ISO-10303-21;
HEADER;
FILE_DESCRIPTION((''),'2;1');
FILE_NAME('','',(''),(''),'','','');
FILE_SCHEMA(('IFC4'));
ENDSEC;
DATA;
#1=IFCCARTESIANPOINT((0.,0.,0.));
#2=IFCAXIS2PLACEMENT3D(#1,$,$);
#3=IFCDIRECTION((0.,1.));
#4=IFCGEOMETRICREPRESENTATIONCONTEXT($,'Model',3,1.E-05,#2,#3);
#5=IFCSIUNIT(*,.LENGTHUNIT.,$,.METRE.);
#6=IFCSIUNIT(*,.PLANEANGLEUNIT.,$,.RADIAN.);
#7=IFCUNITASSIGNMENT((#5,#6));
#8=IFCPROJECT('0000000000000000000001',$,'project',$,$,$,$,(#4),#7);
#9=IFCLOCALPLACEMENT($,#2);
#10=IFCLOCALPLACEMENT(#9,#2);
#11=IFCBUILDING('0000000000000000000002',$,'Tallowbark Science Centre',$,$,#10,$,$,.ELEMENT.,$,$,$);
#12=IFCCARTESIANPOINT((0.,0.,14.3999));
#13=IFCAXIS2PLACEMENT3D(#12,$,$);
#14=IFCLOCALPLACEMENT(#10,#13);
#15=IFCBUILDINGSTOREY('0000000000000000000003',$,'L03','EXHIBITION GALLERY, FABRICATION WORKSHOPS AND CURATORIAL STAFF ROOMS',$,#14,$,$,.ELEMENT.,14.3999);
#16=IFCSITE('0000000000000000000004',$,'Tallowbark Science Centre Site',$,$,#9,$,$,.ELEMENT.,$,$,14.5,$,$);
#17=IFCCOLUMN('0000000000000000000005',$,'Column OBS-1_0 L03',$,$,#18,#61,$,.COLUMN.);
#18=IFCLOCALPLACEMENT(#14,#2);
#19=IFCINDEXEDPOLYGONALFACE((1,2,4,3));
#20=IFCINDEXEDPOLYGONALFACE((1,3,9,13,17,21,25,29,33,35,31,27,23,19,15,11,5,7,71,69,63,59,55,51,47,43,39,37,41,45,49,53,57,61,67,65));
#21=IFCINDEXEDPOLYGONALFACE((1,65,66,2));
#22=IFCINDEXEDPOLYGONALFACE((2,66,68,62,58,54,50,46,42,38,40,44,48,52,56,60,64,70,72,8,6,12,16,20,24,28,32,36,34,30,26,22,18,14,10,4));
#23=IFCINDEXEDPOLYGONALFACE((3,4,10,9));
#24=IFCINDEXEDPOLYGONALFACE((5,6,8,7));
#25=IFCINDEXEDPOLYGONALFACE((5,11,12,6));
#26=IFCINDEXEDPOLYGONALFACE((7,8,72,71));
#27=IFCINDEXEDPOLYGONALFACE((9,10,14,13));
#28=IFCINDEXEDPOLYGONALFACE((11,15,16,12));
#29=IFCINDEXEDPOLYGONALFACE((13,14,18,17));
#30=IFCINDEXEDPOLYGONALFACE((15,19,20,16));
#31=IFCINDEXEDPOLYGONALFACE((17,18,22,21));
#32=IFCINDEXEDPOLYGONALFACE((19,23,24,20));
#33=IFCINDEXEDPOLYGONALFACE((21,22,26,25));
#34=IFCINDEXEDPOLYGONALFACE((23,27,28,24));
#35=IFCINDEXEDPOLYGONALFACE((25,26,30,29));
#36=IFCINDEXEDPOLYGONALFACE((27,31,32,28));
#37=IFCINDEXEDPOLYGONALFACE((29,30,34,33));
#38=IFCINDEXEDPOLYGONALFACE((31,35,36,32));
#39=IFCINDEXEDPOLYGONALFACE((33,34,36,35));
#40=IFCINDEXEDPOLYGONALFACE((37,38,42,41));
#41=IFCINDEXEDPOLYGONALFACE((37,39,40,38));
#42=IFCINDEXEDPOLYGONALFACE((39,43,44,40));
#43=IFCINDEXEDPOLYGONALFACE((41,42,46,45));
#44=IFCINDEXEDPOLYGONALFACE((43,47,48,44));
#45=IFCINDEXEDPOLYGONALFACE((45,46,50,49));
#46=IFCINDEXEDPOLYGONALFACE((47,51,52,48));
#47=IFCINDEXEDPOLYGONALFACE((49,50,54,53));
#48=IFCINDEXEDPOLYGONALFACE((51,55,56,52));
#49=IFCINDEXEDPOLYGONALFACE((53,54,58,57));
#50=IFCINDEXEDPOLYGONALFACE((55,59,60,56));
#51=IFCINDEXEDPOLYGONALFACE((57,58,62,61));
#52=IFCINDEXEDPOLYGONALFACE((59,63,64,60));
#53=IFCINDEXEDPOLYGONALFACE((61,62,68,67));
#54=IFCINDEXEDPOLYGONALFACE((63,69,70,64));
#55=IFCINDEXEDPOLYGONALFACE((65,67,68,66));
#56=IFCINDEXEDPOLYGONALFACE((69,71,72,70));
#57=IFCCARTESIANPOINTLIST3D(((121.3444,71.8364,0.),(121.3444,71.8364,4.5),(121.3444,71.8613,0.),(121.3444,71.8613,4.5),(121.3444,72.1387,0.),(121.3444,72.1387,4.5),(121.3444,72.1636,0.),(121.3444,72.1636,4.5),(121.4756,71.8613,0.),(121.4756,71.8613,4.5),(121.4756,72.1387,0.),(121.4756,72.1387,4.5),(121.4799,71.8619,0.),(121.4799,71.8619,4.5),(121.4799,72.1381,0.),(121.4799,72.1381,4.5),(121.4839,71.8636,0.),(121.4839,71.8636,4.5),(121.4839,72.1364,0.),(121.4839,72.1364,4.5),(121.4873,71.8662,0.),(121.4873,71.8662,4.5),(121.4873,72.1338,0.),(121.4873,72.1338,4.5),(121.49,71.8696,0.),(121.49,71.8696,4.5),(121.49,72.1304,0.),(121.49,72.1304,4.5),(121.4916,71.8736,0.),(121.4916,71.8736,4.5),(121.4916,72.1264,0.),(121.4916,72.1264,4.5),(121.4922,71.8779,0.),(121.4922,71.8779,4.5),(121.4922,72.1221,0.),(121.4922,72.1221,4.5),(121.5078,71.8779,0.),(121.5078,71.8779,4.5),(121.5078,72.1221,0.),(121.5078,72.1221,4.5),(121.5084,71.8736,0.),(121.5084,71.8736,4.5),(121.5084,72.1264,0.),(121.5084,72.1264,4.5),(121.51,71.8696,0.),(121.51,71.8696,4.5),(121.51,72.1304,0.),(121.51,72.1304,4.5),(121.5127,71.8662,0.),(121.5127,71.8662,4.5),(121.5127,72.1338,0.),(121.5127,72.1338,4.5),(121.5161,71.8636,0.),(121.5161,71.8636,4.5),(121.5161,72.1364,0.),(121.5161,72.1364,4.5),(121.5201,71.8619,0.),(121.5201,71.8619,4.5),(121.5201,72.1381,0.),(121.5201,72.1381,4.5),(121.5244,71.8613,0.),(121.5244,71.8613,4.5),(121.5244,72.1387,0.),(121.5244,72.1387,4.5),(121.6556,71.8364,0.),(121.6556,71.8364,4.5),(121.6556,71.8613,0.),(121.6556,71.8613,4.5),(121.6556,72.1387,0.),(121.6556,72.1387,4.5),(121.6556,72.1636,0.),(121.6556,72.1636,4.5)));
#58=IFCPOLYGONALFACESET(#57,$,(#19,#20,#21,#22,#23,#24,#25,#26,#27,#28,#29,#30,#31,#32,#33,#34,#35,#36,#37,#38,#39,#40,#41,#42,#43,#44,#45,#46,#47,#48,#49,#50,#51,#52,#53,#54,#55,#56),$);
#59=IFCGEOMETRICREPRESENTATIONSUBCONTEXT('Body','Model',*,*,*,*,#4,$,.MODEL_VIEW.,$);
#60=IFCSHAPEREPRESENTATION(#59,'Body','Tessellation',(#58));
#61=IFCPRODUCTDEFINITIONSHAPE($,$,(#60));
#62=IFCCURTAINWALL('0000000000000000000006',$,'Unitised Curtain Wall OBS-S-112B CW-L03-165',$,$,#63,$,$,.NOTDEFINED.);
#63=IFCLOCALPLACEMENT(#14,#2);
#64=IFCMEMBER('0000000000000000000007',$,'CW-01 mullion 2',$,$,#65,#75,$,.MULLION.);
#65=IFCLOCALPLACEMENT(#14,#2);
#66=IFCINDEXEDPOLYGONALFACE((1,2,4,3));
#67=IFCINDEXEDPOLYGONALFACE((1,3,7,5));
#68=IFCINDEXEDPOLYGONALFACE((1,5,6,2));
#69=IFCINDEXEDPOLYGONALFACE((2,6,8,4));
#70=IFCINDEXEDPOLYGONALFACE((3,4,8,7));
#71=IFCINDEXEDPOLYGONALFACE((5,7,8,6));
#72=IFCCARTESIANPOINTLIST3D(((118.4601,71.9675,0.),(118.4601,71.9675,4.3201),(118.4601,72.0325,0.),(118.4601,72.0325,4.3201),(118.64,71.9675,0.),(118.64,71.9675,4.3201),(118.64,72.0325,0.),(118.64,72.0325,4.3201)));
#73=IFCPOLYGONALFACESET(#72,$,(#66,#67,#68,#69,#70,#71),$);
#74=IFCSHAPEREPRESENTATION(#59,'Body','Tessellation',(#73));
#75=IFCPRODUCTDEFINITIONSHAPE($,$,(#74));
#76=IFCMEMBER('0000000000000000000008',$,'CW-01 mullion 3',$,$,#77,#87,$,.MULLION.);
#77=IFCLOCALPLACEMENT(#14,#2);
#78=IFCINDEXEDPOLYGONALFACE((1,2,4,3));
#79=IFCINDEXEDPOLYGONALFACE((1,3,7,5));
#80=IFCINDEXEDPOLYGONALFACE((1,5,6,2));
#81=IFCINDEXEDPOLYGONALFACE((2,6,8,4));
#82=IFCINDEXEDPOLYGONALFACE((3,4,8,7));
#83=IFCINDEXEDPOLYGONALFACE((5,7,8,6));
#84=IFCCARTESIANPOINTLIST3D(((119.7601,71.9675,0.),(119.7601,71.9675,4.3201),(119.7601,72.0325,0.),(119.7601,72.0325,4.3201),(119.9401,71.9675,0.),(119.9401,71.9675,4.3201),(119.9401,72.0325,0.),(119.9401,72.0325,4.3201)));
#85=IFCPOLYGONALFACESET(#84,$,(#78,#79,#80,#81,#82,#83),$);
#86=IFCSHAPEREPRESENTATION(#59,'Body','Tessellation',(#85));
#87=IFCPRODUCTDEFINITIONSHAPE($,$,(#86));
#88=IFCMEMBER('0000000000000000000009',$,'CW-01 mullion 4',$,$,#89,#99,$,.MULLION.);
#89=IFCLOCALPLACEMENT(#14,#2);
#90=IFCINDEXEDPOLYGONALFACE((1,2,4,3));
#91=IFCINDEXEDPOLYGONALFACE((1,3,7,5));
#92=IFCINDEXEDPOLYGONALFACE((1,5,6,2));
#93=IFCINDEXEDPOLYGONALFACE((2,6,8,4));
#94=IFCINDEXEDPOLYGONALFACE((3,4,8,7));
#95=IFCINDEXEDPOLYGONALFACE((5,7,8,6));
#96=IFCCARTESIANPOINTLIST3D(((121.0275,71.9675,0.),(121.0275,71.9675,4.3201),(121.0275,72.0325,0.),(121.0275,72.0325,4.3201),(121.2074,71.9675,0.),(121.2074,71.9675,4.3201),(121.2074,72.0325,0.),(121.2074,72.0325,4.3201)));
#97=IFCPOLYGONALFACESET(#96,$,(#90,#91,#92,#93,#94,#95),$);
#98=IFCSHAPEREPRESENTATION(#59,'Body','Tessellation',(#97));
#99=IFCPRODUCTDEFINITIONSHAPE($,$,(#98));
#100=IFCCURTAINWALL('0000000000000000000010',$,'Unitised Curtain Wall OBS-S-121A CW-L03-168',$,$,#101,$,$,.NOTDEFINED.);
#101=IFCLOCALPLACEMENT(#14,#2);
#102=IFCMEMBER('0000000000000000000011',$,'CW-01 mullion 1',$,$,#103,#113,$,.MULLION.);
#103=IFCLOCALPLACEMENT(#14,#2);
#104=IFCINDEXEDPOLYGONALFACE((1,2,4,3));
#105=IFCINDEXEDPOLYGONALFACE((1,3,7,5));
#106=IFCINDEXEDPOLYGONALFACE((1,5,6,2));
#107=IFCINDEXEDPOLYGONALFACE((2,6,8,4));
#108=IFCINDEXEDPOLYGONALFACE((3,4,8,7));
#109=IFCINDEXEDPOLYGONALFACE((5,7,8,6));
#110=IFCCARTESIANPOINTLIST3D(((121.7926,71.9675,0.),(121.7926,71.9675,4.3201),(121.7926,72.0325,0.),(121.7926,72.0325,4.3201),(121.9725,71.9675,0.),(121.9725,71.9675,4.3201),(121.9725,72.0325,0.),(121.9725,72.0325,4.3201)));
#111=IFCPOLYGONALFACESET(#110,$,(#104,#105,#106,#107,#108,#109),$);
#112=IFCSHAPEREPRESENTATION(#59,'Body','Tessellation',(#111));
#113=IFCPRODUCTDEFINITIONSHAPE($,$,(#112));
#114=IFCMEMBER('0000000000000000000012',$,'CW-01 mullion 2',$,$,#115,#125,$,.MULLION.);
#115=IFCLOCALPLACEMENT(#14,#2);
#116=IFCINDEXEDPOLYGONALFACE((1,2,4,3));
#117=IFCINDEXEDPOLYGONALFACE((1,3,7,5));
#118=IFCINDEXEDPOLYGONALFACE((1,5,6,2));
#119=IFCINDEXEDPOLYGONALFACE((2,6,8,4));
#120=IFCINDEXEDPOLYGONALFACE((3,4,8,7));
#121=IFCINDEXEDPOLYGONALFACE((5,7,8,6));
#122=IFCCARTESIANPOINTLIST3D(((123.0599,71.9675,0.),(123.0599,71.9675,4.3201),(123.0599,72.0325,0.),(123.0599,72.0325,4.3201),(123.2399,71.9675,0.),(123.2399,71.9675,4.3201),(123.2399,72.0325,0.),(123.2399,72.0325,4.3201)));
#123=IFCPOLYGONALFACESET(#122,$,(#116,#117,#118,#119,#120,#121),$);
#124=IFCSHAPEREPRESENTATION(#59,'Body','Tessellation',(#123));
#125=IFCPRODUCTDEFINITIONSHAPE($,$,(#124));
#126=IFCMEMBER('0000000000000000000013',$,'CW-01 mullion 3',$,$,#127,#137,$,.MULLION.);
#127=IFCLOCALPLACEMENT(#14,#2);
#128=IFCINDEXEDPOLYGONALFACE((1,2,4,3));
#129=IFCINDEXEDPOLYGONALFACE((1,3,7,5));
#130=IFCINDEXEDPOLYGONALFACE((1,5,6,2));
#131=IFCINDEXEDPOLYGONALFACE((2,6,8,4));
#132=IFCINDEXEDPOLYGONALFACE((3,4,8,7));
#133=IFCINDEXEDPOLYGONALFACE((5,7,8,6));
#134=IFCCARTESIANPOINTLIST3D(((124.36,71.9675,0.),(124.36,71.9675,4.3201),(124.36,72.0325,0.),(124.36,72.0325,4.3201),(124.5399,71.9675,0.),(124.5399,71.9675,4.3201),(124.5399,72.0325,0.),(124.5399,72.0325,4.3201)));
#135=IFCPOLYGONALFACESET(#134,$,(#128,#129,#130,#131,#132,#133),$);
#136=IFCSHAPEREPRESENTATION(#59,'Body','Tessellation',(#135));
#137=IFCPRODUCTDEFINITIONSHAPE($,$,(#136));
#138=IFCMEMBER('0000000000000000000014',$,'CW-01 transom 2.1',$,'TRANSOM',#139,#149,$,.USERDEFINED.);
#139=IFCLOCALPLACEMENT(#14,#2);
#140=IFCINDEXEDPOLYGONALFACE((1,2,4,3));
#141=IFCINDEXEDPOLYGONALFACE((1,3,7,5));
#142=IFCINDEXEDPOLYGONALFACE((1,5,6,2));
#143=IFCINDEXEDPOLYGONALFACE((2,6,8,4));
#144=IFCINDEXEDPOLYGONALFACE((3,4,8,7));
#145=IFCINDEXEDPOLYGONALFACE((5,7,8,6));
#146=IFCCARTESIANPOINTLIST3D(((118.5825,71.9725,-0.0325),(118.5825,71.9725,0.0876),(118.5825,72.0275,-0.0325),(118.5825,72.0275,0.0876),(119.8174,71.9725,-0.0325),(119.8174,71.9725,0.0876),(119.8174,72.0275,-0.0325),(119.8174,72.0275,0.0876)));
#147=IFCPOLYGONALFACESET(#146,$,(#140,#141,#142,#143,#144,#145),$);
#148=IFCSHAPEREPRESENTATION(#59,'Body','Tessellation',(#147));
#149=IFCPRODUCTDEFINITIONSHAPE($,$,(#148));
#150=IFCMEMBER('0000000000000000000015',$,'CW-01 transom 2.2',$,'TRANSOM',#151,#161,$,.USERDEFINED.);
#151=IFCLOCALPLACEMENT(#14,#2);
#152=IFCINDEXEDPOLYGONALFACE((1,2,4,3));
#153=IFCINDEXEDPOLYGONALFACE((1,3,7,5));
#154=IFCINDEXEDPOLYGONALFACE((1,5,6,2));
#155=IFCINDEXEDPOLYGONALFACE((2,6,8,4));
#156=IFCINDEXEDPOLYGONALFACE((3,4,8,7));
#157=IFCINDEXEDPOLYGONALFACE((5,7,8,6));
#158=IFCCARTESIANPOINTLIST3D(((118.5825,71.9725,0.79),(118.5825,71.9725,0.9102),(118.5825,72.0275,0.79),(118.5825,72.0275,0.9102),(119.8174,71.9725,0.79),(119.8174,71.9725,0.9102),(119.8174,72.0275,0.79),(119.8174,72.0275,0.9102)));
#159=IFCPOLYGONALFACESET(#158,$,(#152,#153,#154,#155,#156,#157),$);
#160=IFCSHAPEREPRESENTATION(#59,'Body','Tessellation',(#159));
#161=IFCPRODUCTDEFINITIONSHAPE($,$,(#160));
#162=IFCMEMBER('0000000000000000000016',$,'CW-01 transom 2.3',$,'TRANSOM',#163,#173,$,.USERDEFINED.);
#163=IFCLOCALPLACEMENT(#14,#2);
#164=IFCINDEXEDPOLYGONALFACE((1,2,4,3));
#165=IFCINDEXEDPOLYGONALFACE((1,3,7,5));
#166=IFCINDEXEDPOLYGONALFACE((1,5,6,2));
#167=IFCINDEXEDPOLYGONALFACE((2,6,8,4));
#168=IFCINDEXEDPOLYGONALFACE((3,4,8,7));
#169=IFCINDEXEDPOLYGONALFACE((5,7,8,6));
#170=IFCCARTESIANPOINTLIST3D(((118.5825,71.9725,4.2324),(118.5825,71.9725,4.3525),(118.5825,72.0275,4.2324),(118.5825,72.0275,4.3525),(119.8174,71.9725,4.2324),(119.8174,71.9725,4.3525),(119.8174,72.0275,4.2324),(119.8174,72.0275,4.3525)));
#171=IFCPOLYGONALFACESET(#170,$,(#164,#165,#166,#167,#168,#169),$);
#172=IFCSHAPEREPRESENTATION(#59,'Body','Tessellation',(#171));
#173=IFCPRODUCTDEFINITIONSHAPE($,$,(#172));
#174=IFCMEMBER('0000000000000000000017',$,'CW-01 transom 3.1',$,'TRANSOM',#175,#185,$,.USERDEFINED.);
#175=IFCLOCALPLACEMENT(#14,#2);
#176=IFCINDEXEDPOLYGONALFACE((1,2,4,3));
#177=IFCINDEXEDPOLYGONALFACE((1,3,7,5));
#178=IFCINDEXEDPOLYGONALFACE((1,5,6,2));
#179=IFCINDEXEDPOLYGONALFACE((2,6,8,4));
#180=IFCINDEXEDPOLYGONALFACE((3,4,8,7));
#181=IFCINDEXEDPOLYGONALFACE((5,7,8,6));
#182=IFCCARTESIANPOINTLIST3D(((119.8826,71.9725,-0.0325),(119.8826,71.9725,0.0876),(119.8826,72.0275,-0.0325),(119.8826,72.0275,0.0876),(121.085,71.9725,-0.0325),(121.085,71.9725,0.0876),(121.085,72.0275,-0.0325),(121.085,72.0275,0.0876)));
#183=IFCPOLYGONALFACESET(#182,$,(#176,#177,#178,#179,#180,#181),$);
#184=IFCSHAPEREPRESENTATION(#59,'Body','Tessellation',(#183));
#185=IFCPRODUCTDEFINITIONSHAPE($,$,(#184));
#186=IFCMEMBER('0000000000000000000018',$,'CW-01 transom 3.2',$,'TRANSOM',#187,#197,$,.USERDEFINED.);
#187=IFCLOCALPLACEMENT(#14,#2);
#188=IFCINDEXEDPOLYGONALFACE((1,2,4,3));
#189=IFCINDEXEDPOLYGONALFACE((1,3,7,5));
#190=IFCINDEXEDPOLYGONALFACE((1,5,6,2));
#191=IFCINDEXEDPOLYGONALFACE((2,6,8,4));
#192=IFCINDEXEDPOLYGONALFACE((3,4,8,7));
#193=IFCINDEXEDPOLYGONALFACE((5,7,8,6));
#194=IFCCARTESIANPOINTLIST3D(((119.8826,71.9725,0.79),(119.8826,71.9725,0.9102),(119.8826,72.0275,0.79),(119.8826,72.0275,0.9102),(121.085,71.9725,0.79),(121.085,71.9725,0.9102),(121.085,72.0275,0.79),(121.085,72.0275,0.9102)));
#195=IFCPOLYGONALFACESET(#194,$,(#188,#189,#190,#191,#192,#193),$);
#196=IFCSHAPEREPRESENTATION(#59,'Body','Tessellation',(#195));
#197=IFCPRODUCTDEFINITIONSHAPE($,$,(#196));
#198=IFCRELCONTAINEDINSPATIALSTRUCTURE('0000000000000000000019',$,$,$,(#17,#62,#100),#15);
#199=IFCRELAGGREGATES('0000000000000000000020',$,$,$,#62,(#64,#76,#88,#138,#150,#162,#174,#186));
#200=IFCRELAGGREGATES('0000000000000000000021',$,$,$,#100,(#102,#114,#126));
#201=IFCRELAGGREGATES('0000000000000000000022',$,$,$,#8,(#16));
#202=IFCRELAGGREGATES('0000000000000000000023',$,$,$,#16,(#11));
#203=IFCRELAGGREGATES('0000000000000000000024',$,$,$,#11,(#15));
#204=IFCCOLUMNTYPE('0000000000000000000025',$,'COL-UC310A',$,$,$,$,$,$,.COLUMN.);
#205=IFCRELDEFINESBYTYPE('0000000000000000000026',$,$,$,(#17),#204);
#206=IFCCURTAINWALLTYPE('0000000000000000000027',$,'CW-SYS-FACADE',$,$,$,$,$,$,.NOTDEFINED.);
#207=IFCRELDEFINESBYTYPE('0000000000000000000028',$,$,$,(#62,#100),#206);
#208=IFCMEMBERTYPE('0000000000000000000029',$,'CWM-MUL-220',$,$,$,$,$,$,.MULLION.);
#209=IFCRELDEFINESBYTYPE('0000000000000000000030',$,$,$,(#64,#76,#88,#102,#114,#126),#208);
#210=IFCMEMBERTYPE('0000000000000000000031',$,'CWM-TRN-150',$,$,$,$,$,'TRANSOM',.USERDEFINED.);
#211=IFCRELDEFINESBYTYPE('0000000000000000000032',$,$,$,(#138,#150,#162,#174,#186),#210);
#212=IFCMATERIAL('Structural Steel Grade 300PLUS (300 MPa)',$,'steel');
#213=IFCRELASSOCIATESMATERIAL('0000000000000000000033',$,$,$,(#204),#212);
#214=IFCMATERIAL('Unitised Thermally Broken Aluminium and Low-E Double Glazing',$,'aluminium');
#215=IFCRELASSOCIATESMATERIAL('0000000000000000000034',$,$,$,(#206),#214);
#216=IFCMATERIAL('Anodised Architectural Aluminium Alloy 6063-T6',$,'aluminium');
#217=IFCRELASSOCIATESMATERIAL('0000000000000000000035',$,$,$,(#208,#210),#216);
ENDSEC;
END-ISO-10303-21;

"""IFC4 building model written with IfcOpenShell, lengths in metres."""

from ifc_helpers import new_model, si_unit, direction, frame, origin, origin_2d, place, context, subcontext, project, spatial, rectangle, i_section, extrude, material, material_profile, profile_set, type_object, element, aggregate, save


model = new_model("IFC4")

# Units and contexts
model_context = context("Model", 3, precision=1e-05, world=origin(), true_north=direction((0.0, 1.0)))
body_context = subcontext(model_context, "Body", "Model", "MODEL_VIEW")
ifc_project = project(units=[si_unit("LENGTHUNIT", "METRE"), si_unit("PLANEANGLEUNIT", "RADIAN")], contexts=[model_context])

# Site, building, storey
site_placement = place(None, origin())
site = spatial("IfcSite", under=ifc_project, at=site_placement, Name="Tallowbark Science Centre Site", CompositionType="ELEMENT", RefElevation=14.5)
building_placement = place(site_placement, origin())
building = spatial("IfcBuilding", under=site, at=building_placement, Name="Tallowbark Science Centre", CompositionType="ELEMENT")
storey_placement = place(building_placement, frame((0.0, 0.0, 14.3999)))
storey = spatial("IfcBuildingStorey", under=building, at=storey_placement, Name="L03", Description="EXHIBITION GALLERY, FABRICATION WORKSHOPS AND CURATORIAL STAFF ROOMS", CompositionType="ELEMENT", Elevation=14.3999)

# Column
ifc_material_1 = material(Name="Structural Steel Grade 300PLUS (300 MPa)", Category="steel")
ifc_material_profile_1 = material_profile(ifc_material_1, i_section(OverallWidth=0.3113, OverallDepth=0.3271, WebThickness=0.0156, FlangeThickness=0.0249, FilletRadius=0.0166, at=origin_2d()), Name="310UC158")
ifc_profile_set_1 = profile_set([ifc_material_profile_1], Name="Structural Steel Grade 300PLUS (300 MPa)")
column_type = type_object("IfcColumnType", Name="COL-UC310A", PredefinedType="COLUMN", material=ifc_profile_set_1)
column_placement = place(storey_placement, frame((121.5, 72.0, 0.0), z_axis=(0.0, 0.0, 1.0), x_axis=(1.0, 0.0, 0.0)))
element("IfcColumn", 1, at=column_placement, inside=storey, type_object=column_type, Name="Column OBS-1_0 L03", PredefinedType="COLUMN", context=body_context, shape_type="SweptSolid", body=[
    extrude(i_section(OverallWidth=0.3113, OverallDepth=0.3271, WebThickness=0.0156, FlangeThickness=0.0249, FilletRadius=0.0166, at=origin_2d()), origin(), (0.0, 0.0, 1.0), 4.5),
])

# Curtain walls, members
ifc_material_2 = material(Name="Unitised Thermally Broken Aluminium and Low-E Double Glazing", Category="aluminium")
curtain_wall_type = type_object("IfcCurtainWallType", Name="CW-SYS-FACADE", PredefinedType="NOTDEFINED", material=ifc_material_2)
curtain_wall_1_placement = place(storey_placement, origin())
curtain_wall_1 = element("IfcCurtainWall", 2, at=curtain_wall_1_placement, inside=storey, type_object=curtain_wall_type, Name="Unitised Curtain Wall OBS-S-112B CW-L03-165", PredefinedType="NOTDEFINED")
ifc_material_3 = material(Name="Anodised Architectural Aluminium Alloy 6063-T6", Category="aluminium")
ifc_material_profile_2 = material_profile(ifc_material_3, rectangle(XDim=0.0649, YDim=0.1799, at=origin_2d()), Name="ALU65x180")
ifc_profile_set_2 = profile_set([ifc_material_profile_2], Name="Anodised Architectural Aluminium Alloy 6063-T6")
member_type_1 = type_object("IfcMemberType", Name="CWM-MUL-220", PredefinedType="MULLION", material=ifc_profile_set_2)
member_1_placement = place(storey_placement, frame((118.55, 72.0, 0.0), z_axis=(0.0, 0.0, 1.0), x_axis=(0.0, 1.0, 0.0)))
member_1 = element("IfcMember", 3, at=member_1_placement, type_object=member_type_1, Name="CW-01 mullion 2", PredefinedType="MULLION", context=body_context, shape_type="SweptSolid", body=[
    extrude(rectangle(XDim=0.0649, YDim=0.1799, at=origin_2d()), origin(), (0.0, 0.0, 1.0), 4.3201),
])
member_2_placement = place(storey_placement, frame((119.8501, 72.0, 0.0), z_axis=(0.0, 0.0, 1.0), x_axis=(0.0, 1.0, 0.0)))
member_2 = element("IfcMember", 4, at=member_2_placement, type_object=member_type_1, Name="CW-01 mullion 3", PredefinedType="MULLION", context=body_context, shape_type="SweptSolid", body=[
    extrude(rectangle(XDim=0.0649, YDim=0.1799, at=origin_2d()), origin(), (0.0, 0.0, 1.0), 4.3201),
])
member_3_placement = place(storey_placement, frame((121.1174, 72.0, 0.0), z_axis=(0.0, 0.0, 1.0), x_axis=(0.0, 1.0, 0.0)))
member_3 = element("IfcMember", 5, at=member_3_placement, type_object=member_type_1, Name="CW-01 mullion 4", PredefinedType="MULLION", context=body_context, shape_type="SweptSolid", body=[
    extrude(rectangle(XDim=0.0649, YDim=0.1799, at=origin_2d()), origin(), (0.0, 0.0, 1.0), 4.3201),
])
curtain_wall_2_placement = place(storey_placement, origin())
curtain_wall_2 = element("IfcCurtainWall", 6, at=curtain_wall_2_placement, inside=storey, type_object=curtain_wall_type, Name="Unitised Curtain Wall OBS-S-121A CW-L03-168", PredefinedType="NOTDEFINED")
member_4_placement = place(storey_placement, frame((121.8826, 72.0, 0.0), z_axis=(0.0, 0.0, 1.0), x_axis=(0.0, 1.0, 0.0)))
member_4 = element("IfcMember", 7, at=member_4_placement, type_object=member_type_1, Name="CW-01 mullion 1", PredefinedType="MULLION", context=body_context, shape_type="SweptSolid", body=[
    extrude(rectangle(XDim=0.0649, YDim=0.1799, at=origin_2d()), origin(), (0.0, 0.0, 1.0), 4.3201),
])
member_5_placement = place(storey_placement, frame((123.1499, 72.0, 0.0), z_axis=(0.0, 0.0, 1.0), x_axis=(0.0, 1.0, 0.0)))
member_5 = element("IfcMember", 8, at=member_5_placement, type_object=member_type_1, Name="CW-01 mullion 2", PredefinedType="MULLION", context=body_context, shape_type="SweptSolid", body=[
    extrude(rectangle(XDim=0.0649, YDim=0.1799, at=origin_2d()), origin(), (0.0, 0.0, 1.0), 4.3201),
])
member_6_placement = place(storey_placement, frame((124.45, 72.0, 0.0), z_axis=(0.0, 0.0, 1.0), x_axis=(0.0, 1.0, 0.0)))
member_6 = element("IfcMember", 9, at=member_6_placement, type_object=member_type_1, Name="CW-01 mullion 3", PredefinedType="MULLION", context=body_context, shape_type="SweptSolid", body=[
    extrude(rectangle(XDim=0.0649, YDim=0.1799, at=origin_2d()), origin(), (0.0, 0.0, 1.0), 4.3201),
])

# Members
ifc_material_profile_3 = material_profile(ifc_material_3, rectangle(XDim=0.0549, YDim=0.1201, at=origin_2d()), Name="ALU55x120")
ifc_profile_set_3 = profile_set([ifc_material_profile_3], Name="Anodised Architectural Aluminium Alloy 6063-T6")
member_type_2 = type_object("IfcMemberType", Name="CWM-TRN-150", ElementType="TRANSOM", PredefinedType="USERDEFINED", material=ifc_profile_set_3)
member_7_placement = place(storey_placement, frame((118.5825, 72.0, 0.0276), z_axis=(1.0, 0.0, 0.0), x_axis=(0.0, 1.0, 0.0)))
member_7 = element("IfcMember", 10, at=member_7_placement, type_object=member_type_2, Name="CW-01 transom 2.1", ObjectType="TRANSOM", PredefinedType="USERDEFINED", context=body_context, shape_type="SweptSolid", body=[
    extrude(rectangle(XDim=0.0549, YDim=0.1201, at=origin_2d()), origin(), (0.0, 0.0, 1.0), 1.2349),
])
member_8_placement = place(storey_placement, frame((118.5825, 72.0, 0.8501), z_axis=(1.0, 0.0, 0.0), x_axis=(0.0, 1.0, 0.0)))
member_8 = element("IfcMember", 11, at=member_8_placement, type_object=member_type_2, Name="CW-01 transom 2.2", ObjectType="TRANSOM", PredefinedType="USERDEFINED", context=body_context, shape_type="SweptSolid", body=[
    extrude(rectangle(XDim=0.0549, YDim=0.1201, at=origin_2d()), origin(), (0.0, 0.0, 1.0), 1.2349),
])
member_9_placement = place(storey_placement, frame((118.5825, 72.0, 4.2925), z_axis=(1.0, 0.0, 0.0), x_axis=(0.0, 1.0, 0.0)))
member_9 = element("IfcMember", 12, at=member_9_placement, type_object=member_type_2, Name="CW-01 transom 2.3", ObjectType="TRANSOM", PredefinedType="USERDEFINED", context=body_context, shape_type="SweptSolid", body=[
    extrude(rectangle(XDim=0.0549, YDim=0.1201, at=origin_2d()), origin(), (0.0, 0.0, 1.0), 1.2349),
])
member_10_placement = place(storey_placement, frame((119.8826, 72.0, 0.0276), z_axis=(1.0, 0.0, 0.0), x_axis=(0.0, 1.0, 0.0)))
member_10 = element("IfcMember", 13, at=member_10_placement, type_object=member_type_2, Name="CW-01 transom 3.1", ObjectType="TRANSOM", PredefinedType="USERDEFINED", context=body_context, shape_type="SweptSolid", body=[
    extrude(rectangle(XDim=0.0549, YDim=0.1201, at=origin_2d()), origin(), (0.0, 0.0, 1.0), 1.2024),
])
member_11_placement = place(storey_placement, frame((119.8826, 72.0, 0.8501), z_axis=(1.0, 0.0, 0.0), x_axis=(0.0, 1.0, 0.0)))
member_11 = element("IfcMember", 14, at=member_11_placement, type_object=member_type_2, Name="CW-01 transom 3.2", ObjectType="TRANSOM", PredefinedType="USERDEFINED", context=body_context, shape_type="SweptSolid", body=[
    extrude(rectangle(XDim=0.0549, YDim=0.1201, at=origin_2d()), origin(), (0.0, 0.0, 1.0), 1.2024),
])

aggregate(curtain_wall_1, [member_1, member_2, member_3, member_7, member_8, member_9, member_10, member_11])
aggregate(curtain_wall_2, [member_4, member_5, member_6])

save(model, "model.ifc")
